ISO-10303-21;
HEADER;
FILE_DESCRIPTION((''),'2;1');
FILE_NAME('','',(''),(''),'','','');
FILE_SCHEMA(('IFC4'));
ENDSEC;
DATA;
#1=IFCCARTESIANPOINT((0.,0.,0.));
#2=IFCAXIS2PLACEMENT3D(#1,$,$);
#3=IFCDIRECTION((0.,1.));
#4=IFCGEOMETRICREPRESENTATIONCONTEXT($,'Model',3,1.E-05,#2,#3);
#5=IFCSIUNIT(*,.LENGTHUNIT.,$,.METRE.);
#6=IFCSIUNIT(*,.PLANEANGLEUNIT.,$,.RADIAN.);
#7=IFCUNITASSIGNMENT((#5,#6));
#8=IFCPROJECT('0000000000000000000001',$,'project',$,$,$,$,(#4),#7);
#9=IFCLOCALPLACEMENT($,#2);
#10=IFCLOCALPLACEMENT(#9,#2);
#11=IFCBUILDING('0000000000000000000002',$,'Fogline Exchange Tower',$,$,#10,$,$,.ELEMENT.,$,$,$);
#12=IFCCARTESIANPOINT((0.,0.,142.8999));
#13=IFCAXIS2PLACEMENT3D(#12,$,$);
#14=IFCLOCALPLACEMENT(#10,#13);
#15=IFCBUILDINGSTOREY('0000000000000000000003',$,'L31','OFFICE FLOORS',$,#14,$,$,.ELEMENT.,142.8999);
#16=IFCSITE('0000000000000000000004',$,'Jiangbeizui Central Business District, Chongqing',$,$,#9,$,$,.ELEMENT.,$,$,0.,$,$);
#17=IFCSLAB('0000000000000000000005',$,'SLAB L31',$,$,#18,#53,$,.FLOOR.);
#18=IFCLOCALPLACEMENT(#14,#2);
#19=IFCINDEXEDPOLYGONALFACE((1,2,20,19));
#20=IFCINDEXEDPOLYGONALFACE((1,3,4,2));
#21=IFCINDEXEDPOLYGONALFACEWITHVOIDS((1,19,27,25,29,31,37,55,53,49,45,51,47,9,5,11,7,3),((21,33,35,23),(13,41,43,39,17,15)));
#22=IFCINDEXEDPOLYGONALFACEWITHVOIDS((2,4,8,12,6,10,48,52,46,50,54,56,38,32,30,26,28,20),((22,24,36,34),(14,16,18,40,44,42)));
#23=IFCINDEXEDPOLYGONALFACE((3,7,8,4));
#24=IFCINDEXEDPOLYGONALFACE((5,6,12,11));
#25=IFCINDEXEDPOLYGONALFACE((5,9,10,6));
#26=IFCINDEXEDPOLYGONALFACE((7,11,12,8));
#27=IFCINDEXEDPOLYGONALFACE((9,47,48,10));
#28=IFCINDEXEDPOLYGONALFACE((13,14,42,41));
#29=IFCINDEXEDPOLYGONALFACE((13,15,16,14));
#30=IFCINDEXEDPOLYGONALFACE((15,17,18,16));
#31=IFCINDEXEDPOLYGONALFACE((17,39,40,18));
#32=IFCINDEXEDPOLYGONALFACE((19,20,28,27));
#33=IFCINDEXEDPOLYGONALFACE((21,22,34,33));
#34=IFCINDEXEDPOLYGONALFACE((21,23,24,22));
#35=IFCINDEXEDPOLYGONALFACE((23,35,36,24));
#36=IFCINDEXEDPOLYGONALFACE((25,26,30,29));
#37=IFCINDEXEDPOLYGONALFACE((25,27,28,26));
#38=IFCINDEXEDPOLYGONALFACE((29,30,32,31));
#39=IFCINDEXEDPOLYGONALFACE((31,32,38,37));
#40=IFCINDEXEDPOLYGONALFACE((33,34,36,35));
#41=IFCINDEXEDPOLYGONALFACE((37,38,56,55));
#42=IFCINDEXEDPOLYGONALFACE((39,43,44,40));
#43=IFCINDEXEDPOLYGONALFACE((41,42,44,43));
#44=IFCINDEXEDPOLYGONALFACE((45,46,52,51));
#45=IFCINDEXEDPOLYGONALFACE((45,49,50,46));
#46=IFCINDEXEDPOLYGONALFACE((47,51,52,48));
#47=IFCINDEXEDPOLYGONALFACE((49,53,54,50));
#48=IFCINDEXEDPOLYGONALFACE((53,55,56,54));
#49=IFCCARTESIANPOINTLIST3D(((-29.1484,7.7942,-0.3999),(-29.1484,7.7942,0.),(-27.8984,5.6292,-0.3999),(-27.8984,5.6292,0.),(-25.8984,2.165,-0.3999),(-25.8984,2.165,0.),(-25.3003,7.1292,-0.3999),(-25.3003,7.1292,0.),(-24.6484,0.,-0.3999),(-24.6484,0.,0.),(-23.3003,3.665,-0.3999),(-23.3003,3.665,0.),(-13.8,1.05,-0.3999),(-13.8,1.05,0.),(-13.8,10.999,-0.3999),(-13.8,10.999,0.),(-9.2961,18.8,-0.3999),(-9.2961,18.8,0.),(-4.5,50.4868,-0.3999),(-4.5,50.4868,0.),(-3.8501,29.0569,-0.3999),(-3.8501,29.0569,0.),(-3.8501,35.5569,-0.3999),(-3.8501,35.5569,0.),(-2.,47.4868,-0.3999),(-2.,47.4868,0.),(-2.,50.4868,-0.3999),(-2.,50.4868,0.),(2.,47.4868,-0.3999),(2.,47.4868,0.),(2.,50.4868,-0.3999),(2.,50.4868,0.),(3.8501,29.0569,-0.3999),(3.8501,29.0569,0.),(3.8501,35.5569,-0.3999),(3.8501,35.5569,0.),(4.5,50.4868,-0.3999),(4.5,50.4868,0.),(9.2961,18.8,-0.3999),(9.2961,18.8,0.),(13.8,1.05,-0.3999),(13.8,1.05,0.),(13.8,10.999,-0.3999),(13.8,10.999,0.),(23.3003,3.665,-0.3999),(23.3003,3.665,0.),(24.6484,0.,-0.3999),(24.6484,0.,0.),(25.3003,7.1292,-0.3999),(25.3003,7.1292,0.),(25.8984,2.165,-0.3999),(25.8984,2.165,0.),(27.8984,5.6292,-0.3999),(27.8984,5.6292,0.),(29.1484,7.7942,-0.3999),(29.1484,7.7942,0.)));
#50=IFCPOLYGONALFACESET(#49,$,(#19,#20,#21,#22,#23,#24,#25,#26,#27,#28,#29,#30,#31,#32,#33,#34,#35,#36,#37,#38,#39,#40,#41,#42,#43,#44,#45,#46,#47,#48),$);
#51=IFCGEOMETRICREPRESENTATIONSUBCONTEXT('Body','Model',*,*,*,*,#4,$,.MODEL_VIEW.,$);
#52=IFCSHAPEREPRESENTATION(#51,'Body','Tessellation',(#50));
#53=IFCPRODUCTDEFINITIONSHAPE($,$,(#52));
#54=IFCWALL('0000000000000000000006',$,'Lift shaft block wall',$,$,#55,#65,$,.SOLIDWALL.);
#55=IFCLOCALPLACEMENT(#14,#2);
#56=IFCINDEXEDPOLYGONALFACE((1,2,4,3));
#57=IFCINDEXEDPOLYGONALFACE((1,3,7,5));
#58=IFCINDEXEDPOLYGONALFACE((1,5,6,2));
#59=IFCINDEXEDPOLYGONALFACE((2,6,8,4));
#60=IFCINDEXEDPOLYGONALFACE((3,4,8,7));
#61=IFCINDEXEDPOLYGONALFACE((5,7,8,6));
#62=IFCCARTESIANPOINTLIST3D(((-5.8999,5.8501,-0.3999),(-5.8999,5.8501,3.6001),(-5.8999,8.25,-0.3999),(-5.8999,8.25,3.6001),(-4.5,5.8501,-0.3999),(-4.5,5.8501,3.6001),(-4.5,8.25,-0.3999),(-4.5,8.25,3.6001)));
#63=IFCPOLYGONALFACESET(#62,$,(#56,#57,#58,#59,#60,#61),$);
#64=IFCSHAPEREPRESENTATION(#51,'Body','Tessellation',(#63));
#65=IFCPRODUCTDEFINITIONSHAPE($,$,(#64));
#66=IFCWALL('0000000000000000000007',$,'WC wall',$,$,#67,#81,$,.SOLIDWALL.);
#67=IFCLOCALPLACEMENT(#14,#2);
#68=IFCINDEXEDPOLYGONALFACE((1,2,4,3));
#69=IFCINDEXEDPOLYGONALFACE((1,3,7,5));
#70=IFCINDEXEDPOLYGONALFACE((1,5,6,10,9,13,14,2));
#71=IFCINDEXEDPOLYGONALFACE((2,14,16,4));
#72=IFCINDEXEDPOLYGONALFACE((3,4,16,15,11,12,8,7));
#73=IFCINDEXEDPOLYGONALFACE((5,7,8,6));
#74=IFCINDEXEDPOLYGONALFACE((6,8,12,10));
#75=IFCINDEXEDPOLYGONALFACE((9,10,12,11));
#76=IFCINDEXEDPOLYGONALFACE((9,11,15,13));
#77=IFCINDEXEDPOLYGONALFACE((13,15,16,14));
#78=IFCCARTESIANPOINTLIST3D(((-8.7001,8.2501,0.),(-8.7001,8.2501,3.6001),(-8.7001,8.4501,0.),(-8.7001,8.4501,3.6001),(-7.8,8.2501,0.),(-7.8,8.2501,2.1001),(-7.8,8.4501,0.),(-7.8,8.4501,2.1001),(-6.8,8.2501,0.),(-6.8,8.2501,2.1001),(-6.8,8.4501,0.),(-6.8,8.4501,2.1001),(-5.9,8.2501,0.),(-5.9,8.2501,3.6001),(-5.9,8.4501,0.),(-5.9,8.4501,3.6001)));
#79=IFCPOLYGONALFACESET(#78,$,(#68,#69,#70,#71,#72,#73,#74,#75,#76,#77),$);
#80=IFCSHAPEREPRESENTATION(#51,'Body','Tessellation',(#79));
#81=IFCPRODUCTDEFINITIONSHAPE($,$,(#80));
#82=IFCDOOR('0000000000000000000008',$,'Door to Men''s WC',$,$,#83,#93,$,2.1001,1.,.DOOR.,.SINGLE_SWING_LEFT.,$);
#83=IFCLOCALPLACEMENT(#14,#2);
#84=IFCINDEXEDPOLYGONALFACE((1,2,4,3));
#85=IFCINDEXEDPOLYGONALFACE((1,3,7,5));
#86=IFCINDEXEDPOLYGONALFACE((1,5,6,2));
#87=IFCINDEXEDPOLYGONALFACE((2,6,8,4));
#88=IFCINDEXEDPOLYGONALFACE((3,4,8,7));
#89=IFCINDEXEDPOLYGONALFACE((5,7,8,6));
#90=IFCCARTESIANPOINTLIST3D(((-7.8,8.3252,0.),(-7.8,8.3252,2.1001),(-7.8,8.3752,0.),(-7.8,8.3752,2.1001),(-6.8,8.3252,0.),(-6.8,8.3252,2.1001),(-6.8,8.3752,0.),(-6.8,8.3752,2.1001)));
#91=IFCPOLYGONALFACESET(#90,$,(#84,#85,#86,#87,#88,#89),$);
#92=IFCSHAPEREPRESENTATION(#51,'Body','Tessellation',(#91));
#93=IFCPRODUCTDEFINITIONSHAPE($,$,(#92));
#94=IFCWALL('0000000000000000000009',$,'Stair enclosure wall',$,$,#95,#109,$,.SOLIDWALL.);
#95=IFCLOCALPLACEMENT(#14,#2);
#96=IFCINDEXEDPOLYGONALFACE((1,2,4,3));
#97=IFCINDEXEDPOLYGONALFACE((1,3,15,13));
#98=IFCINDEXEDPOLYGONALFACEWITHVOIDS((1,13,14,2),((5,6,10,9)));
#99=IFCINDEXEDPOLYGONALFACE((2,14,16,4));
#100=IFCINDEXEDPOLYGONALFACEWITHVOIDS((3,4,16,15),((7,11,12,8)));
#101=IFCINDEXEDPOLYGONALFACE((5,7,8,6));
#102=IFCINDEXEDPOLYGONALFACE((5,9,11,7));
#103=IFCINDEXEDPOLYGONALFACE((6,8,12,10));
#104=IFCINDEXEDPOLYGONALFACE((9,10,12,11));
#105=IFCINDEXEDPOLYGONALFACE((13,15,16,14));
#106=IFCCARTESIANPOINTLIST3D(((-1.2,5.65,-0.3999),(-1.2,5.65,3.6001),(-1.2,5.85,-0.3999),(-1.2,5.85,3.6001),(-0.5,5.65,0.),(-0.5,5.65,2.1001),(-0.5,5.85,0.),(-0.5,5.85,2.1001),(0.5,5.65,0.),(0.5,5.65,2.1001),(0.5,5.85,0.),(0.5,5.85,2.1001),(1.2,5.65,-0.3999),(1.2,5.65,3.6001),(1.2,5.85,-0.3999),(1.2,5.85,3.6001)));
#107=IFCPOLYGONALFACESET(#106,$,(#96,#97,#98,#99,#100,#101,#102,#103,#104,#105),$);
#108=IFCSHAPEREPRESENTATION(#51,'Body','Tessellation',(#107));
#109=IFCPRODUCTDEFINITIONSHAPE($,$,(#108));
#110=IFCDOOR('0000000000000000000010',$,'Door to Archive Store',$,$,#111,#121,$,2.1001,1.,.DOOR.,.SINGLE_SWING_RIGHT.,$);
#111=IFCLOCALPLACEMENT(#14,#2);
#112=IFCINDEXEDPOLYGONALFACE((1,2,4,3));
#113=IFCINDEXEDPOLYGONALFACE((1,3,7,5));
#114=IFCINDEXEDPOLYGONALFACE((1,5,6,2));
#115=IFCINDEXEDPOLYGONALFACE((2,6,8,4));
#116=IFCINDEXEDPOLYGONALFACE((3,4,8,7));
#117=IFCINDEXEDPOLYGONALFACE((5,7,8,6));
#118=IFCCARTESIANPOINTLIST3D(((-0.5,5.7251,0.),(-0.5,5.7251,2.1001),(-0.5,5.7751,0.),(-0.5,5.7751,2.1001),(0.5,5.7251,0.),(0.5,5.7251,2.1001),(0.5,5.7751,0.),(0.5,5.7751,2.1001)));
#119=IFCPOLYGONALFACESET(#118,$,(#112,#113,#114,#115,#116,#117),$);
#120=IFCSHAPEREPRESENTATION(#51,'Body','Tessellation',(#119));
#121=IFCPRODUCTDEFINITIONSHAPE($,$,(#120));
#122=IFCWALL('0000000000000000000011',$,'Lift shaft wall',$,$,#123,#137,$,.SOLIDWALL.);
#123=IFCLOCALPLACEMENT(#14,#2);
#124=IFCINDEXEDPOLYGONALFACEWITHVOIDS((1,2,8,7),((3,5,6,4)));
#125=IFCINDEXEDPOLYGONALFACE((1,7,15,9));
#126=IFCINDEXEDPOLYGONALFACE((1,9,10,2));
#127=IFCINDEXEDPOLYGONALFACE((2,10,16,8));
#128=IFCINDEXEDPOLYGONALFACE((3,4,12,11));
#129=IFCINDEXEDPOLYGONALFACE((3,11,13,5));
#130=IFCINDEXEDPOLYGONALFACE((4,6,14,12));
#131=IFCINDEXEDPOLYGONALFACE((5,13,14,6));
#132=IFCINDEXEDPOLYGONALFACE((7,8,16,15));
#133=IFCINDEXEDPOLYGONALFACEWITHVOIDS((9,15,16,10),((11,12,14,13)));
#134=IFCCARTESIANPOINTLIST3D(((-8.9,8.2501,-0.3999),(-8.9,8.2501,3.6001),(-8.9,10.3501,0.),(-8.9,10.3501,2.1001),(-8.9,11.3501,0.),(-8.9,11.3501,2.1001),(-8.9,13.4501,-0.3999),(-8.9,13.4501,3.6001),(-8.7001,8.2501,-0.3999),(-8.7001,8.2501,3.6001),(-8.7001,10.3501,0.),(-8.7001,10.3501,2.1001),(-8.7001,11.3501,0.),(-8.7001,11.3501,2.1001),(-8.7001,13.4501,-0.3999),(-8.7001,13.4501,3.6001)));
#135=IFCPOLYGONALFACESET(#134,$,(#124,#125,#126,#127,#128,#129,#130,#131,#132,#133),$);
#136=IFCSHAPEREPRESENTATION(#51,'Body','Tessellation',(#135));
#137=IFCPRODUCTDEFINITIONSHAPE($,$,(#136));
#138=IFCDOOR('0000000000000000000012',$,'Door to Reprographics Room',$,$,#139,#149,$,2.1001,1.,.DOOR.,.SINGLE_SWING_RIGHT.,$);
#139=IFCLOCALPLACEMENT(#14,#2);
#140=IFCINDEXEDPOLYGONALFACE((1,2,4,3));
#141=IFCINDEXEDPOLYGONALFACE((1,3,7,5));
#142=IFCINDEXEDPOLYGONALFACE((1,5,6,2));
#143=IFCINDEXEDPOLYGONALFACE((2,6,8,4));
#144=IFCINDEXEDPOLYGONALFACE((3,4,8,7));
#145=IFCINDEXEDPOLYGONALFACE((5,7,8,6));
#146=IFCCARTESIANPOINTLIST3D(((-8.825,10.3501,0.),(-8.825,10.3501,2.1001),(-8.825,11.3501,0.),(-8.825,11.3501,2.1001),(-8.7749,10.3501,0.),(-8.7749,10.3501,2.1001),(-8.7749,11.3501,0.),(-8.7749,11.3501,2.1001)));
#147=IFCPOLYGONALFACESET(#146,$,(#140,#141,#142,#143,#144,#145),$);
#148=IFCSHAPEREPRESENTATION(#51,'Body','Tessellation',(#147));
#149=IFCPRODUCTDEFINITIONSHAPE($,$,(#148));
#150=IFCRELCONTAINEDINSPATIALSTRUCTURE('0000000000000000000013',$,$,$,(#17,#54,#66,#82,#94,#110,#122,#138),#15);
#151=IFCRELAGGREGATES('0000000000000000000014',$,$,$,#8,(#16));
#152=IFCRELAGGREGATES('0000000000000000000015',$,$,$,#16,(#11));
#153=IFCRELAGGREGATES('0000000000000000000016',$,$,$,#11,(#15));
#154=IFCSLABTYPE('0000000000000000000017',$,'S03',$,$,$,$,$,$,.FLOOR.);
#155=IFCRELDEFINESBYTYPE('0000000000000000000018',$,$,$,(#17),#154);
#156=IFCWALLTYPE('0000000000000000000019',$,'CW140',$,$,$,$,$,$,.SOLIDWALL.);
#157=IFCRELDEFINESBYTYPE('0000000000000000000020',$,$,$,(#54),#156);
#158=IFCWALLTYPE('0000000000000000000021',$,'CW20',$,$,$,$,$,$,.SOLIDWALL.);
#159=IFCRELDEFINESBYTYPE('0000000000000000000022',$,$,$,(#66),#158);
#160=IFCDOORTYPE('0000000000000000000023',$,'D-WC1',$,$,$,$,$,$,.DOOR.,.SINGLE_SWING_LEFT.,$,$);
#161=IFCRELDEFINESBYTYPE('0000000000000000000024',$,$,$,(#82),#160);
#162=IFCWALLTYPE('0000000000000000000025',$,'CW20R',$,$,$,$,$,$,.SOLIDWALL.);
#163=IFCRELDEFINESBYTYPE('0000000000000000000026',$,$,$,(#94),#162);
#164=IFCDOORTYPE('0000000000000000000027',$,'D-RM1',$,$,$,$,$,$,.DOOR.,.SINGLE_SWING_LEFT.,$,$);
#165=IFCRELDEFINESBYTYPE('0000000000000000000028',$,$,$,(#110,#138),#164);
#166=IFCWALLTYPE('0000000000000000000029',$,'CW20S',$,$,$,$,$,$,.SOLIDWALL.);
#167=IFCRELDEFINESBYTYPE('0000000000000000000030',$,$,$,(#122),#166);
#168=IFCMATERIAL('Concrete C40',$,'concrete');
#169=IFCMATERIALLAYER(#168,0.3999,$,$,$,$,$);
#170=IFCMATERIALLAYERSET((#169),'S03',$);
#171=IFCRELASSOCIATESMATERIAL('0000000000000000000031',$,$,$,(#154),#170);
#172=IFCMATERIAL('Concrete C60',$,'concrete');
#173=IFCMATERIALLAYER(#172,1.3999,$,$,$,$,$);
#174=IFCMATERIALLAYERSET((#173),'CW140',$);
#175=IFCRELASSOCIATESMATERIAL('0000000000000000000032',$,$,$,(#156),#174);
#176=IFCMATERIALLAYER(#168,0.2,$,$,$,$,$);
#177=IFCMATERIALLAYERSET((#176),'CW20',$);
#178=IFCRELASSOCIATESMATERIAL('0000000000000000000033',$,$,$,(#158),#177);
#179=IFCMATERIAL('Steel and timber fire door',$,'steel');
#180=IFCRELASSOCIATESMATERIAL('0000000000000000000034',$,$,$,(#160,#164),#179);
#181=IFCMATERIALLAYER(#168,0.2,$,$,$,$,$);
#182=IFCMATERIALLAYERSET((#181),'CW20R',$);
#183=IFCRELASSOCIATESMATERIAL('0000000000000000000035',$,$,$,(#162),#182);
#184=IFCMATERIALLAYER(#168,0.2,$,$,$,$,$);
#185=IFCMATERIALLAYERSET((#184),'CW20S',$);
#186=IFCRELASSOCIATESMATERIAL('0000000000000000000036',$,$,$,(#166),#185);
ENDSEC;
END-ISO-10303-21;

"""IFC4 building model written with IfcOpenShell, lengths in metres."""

from ifc_helpers import new_model, si_unit, direction, frame, frame_2d, origin, place, context, subcontext, project, spatial, polyline, rectangle, outline, extrude, material, layer, layer_set, type_object, element, fill, save


model = new_model("IFC4")

# Units and contexts
model_context = context("Model", 3, precision=1e-05, world=origin(), true_north=direction((0.0, 1.0)))
body_context = subcontext(model_context, "Body", "Model", "MODEL_VIEW")
ifc_project = project(units=[si_unit("LENGTHUNIT", "METRE"), si_unit("PLANEANGLEUNIT", "RADIAN")], contexts=[model_context])

# Site, building, storey
site_placement = place(None, origin())
site = spatial("IfcSite", under=ifc_project, at=site_placement, Name="Jiangbeizui Central Business District, Chongqing", CompositionType="ELEMENT", RefElevation=0.0)
building_placement = place(site_placement, origin())
building = spatial("IfcBuilding", under=site, at=building_placement, Name="Fogline Exchange Tower", CompositionType="ELEMENT")
storey_placement = place(building_placement, frame((0.0, 0.0, 142.8999)))
storey = spatial("IfcBuildingStorey", under=building, at=storey_placement, Name="L31", Description="OFFICE FLOORS", CompositionType="ELEMENT", Elevation=142.8999)

# Slab
ifc_material_1 = material(Name="Concrete C40", Category="concrete")
ifc_layer_1 = layer(ifc_material_1, 0.3999)
ifc_layer_set_1 = layer_set([ifc_layer_1], Name="S03")
slab_type = type_object("IfcSlabType", Name="S03", PredefinedType="FLOOR", material=ifc_layer_set_1)
slab_placement = place(storey_placement, frame((0.0, 0.0, -0.3999)))
element("IfcSlab", 1, at=slab_placement, inside=storey, type_object=slab_type, Name="SLAB L31", PredefinedType="FLOOR", context=body_context, shape_type="SweptSolid", body=[
    extrude(outline(polyline([(-2.0, 50.4868), (-4.5, 50.4868), (-29.1484, 7.7942), (-27.8984, 5.6292), (-25.3003, 7.1292), (-23.3003, 3.665), (-25.8984, 2.165), (-24.6484, 0.0), (24.6484, 0.0), (25.8984, 2.165), (23.3003, 3.665), (25.3003, 7.1292), (27.8984, 5.6292), (29.1484, 7.7942), (4.5, 50.4868), (2.0, 50.4868), (2.0, 47.4868), (-2.0, 47.4868), (-2.0, 50.4868)]), holes=[polyline([(13.8, 10.999), (13.8, 1.05), (-13.8, 1.05), (-13.8, 10.999), (-9.2961, 18.8), (9.2961, 18.8), (13.8, 10.999)]), polyline([(3.8501, 35.5569), (3.8501, 29.0569), (-3.8501, 29.0569), (-3.8501, 35.5569), (3.8501, 35.5569)])]), origin(), (0.0, 0.0, 1.0), 0.3999),
])

# Wall
ifc_material_2 = material(Name="Concrete C60", Category="concrete")
ifc_layer_2 = layer(ifc_material_2, 1.3999)
ifc_layer_set_2 = layer_set([ifc_layer_2], Name="CW140")
wall_type_1 = type_object("IfcWallType", Name="CW140", PredefinedType="SOLIDWALL", material=ifc_layer_set_2)
wall_1_placement = place(storey_placement, frame((-5.2, 5.8501, -0.3999), z_axis=(0.0, 0.0, 1.0), x_axis=(0.0, 1.0, 0.0)))
element("IfcWall", 2, at=wall_1_placement, inside=storey, type_object=wall_type_1, Name="Lift shaft block wall", PredefinedType="SOLIDWALL", context=body_context, shape_type="SweptSolid", body=[
    extrude(rectangle(XDim=2.3999, YDim=1.3999, at=frame_2d((1.2, 0.0))), origin(), (0.0, 0.0, 1.0), 4.0),
])

# Walls, openings, doors
ifc_layer_3 = layer(ifc_material_1, 0.2)
ifc_layer_set_3 = layer_set([ifc_layer_3], Name="CW20")
wall_type_2 = type_object("IfcWallType", Name="CW20", PredefinedType="SOLIDWALL", material=ifc_layer_set_3)
wall_2_placement = place(storey_placement, frame((-8.7, 8.3501, 0.0), z_axis=(0.0, 0.0, 1.0), x_axis=(1.0, 0.0, 0.0)))
wall_2 = element("IfcWall", 3, at=wall_2_placement, inside=storey, type_object=wall_type_2, Name="WC wall", PredefinedType="SOLIDWALL", context=body_context, shape_type="SweptSolid", body=[
    extrude(rectangle(XDim=2.8, YDim=0.2, at=frame_2d((1.3999, 0.0))), origin(), (0.0, 0.0, 1.0), 3.6001),
])
opening_1_placement = place(wall_2_placement, frame((0.8999, 0.0, 0.0)))
opening_1 = element("IfcOpeningElement", 4, at=opening_1_placement, cuts=wall_2, PredefinedType="OPENING", context=body_context, shape_type="SweptSolid", body=[
    extrude(rectangle(XDim=1.0, YDim=2.1001, at=frame_2d((0.5, 1.05))), frame((0.0, 0.1099, 0.0), z_axis=(0.0, -1.0, 0.0), x_axis=(1.0, 0.0, 0.0)), (0.0, 0.0, 1.0), 0.22),
])
ifc_material_3 = material(Name="Steel and timber fire door", Category="steel")
door_type_1 = type_object("IfcDoorType", Name="D-WC1", OperationType="SINGLE_SWING_LEFT", PredefinedType="DOOR", material=ifc_material_3)
door_1_placement = place(opening_1_placement, frame((1.0, 0.0, 0.0), z_axis=(0.0, 0.0, 1.0), x_axis=(-1.0, 0.0, 0.0)))
door_1 = element("IfcDoor", 5, at=door_1_placement, inside=storey, type_object=door_type_1, Name="Door to Men's WC", OperationType="SINGLE_SWING_LEFT", OverallHeight=2.1001, OverallWidth=1.0, PredefinedType="DOOR", context=body_context, shape_type="SweptSolid", body=[
    extrude(rectangle(XDim=1.0, YDim=2.1001, at=frame_2d((0.5, 1.05))), frame((0.0, 0.0249, 0.0), z_axis=(0.0, -1.0, 0.0), x_axis=(1.0, 0.0, 0.0)), (0.0, 0.0, 1.0), 0.05),
])
fill(opening_1, door_1)
ifc_layer_4 = layer(ifc_material_1, 0.2)
ifc_layer_set_4 = layer_set([ifc_layer_4], Name="CW20R")
wall_type_3 = type_object("IfcWallType", Name="CW20R", PredefinedType="SOLIDWALL", material=ifc_layer_set_4)
wall_3_placement = place(storey_placement, frame((-1.2, 5.75, -0.3999), z_axis=(0.0, 0.0, 1.0), x_axis=(1.0, 0.0, 0.0)))
wall_3 = element("IfcWall", 6, at=wall_3_placement, inside=storey, type_object=wall_type_3, Name="Stair enclosure wall", PredefinedType="SOLIDWALL", context=body_context, shape_type="SweptSolid", body=[
    extrude(rectangle(XDim=2.3999, YDim=0.2, at=frame_2d((1.2, 0.0))), origin(), (0.0, 0.0, 1.0), 4.0),
])
opening_2_placement = place(wall_3_placement, frame((0.7, 0.0, 0.3999)))
opening_2 = element("IfcOpeningElement", 7, at=opening_2_placement, cuts=wall_3, PredefinedType="OPENING", context=body_context, shape_type="SweptSolid", body=[
    extrude(rectangle(XDim=1.0, YDim=2.1001, at=frame_2d((0.5, 1.05))), frame((0.0, 0.1099, 0.0), z_axis=(0.0, -1.0, 0.0), x_axis=(1.0, 0.0, 0.0)), (0.0, 0.0, 1.0), 0.22),
])
door_type_2 = type_object("IfcDoorType", Name="D-RM1", OperationType="SINGLE_SWING_LEFT", PredefinedType="DOOR", material=ifc_material_3)
door_2_placement = place(opening_2_placement, frame((1.0, 0.0, 0.0), z_axis=(0.0, 0.0, 1.0), x_axis=(-1.0, 0.0, 0.0)))
door_2 = element("IfcDoor", 8, at=door_2_placement, inside=storey, type_object=door_type_2, Name="Door to Archive Store", OperationType="SINGLE_SWING_RIGHT", OverallHeight=2.1001, OverallWidth=1.0, PredefinedType="DOOR", context=body_context, shape_type="SweptSolid", body=[
    extrude(rectangle(XDim=1.0, YDim=2.1001, at=frame_2d((0.5, 1.05))), frame((0.0, 0.0249, 0.0), z_axis=(0.0, -1.0, 0.0), x_axis=(1.0, 0.0, 0.0)), (0.0, 0.0, 1.0), 0.05),
])
fill(opening_2, door_2)
ifc_layer_5 = layer(ifc_material_1, 0.2)
ifc_layer_set_5 = layer_set([ifc_layer_5], Name="CW20S")
wall_type_4 = type_object("IfcWallType", Name="CW20S", PredefinedType="SOLIDWALL", material=ifc_layer_set_5)
wall_4_placement = place(storey_placement, frame((-8.8, 8.25, -0.3999), z_axis=(0.0, 0.0, 1.0), x_axis=(0.0, 1.0, 0.0)))
wall_4 = element("IfcWall", 9, at=wall_4_placement, inside=storey, type_object=wall_type_4, Name="Lift shaft wall", PredefinedType="SOLIDWALL", context=body_context, shape_type="SweptSolid", body=[
    extrude(rectangle(XDim=5.2, YDim=0.2, at=frame_2d((2.6001, 0.0))), origin(), (0.0, 0.0, 1.0), 4.0),
])
opening_3_placement = place(wall_4_placement, frame((2.1001, 0.0, 0.3999)))
opening_3 = element("IfcOpeningElement", 10, at=opening_3_placement, cuts=wall_4, PredefinedType="OPENING", context=body_context, shape_type="SweptSolid", body=[
    extrude(rectangle(XDim=1.0, YDim=2.1001, at=frame_2d((0.5, 1.05))), frame((0.0, 0.1099, 0.0), z_axis=(0.0, -1.0, 0.0), x_axis=(1.0, 0.0, 0.0)), (0.0, 0.0, 1.0), 0.22),
])
door_3_placement = place(opening_3_placement, origin())
door_3 = element("IfcDoor", 11, at=door_3_placement, inside=storey, type_object=door_type_2, Name="Door to Reprographics Room", OperationType="SINGLE_SWING_RIGHT", OverallHeight=2.1001, OverallWidth=1.0, PredefinedType="DOOR", context=body_context, shape_type="SweptSolid", body=[
    extrude(rectangle(XDim=1.0, YDim=2.1001, at=frame_2d((0.5, 1.05))), frame((0.0, 0.0249, 0.0), z_axis=(0.0, -1.0, 0.0), x_axis=(1.0, 0.0, 0.0)), (0.0, 0.0, 1.0), 0.05),
])
fill(opening_3, door_3)

save(model, "model.ifc")
